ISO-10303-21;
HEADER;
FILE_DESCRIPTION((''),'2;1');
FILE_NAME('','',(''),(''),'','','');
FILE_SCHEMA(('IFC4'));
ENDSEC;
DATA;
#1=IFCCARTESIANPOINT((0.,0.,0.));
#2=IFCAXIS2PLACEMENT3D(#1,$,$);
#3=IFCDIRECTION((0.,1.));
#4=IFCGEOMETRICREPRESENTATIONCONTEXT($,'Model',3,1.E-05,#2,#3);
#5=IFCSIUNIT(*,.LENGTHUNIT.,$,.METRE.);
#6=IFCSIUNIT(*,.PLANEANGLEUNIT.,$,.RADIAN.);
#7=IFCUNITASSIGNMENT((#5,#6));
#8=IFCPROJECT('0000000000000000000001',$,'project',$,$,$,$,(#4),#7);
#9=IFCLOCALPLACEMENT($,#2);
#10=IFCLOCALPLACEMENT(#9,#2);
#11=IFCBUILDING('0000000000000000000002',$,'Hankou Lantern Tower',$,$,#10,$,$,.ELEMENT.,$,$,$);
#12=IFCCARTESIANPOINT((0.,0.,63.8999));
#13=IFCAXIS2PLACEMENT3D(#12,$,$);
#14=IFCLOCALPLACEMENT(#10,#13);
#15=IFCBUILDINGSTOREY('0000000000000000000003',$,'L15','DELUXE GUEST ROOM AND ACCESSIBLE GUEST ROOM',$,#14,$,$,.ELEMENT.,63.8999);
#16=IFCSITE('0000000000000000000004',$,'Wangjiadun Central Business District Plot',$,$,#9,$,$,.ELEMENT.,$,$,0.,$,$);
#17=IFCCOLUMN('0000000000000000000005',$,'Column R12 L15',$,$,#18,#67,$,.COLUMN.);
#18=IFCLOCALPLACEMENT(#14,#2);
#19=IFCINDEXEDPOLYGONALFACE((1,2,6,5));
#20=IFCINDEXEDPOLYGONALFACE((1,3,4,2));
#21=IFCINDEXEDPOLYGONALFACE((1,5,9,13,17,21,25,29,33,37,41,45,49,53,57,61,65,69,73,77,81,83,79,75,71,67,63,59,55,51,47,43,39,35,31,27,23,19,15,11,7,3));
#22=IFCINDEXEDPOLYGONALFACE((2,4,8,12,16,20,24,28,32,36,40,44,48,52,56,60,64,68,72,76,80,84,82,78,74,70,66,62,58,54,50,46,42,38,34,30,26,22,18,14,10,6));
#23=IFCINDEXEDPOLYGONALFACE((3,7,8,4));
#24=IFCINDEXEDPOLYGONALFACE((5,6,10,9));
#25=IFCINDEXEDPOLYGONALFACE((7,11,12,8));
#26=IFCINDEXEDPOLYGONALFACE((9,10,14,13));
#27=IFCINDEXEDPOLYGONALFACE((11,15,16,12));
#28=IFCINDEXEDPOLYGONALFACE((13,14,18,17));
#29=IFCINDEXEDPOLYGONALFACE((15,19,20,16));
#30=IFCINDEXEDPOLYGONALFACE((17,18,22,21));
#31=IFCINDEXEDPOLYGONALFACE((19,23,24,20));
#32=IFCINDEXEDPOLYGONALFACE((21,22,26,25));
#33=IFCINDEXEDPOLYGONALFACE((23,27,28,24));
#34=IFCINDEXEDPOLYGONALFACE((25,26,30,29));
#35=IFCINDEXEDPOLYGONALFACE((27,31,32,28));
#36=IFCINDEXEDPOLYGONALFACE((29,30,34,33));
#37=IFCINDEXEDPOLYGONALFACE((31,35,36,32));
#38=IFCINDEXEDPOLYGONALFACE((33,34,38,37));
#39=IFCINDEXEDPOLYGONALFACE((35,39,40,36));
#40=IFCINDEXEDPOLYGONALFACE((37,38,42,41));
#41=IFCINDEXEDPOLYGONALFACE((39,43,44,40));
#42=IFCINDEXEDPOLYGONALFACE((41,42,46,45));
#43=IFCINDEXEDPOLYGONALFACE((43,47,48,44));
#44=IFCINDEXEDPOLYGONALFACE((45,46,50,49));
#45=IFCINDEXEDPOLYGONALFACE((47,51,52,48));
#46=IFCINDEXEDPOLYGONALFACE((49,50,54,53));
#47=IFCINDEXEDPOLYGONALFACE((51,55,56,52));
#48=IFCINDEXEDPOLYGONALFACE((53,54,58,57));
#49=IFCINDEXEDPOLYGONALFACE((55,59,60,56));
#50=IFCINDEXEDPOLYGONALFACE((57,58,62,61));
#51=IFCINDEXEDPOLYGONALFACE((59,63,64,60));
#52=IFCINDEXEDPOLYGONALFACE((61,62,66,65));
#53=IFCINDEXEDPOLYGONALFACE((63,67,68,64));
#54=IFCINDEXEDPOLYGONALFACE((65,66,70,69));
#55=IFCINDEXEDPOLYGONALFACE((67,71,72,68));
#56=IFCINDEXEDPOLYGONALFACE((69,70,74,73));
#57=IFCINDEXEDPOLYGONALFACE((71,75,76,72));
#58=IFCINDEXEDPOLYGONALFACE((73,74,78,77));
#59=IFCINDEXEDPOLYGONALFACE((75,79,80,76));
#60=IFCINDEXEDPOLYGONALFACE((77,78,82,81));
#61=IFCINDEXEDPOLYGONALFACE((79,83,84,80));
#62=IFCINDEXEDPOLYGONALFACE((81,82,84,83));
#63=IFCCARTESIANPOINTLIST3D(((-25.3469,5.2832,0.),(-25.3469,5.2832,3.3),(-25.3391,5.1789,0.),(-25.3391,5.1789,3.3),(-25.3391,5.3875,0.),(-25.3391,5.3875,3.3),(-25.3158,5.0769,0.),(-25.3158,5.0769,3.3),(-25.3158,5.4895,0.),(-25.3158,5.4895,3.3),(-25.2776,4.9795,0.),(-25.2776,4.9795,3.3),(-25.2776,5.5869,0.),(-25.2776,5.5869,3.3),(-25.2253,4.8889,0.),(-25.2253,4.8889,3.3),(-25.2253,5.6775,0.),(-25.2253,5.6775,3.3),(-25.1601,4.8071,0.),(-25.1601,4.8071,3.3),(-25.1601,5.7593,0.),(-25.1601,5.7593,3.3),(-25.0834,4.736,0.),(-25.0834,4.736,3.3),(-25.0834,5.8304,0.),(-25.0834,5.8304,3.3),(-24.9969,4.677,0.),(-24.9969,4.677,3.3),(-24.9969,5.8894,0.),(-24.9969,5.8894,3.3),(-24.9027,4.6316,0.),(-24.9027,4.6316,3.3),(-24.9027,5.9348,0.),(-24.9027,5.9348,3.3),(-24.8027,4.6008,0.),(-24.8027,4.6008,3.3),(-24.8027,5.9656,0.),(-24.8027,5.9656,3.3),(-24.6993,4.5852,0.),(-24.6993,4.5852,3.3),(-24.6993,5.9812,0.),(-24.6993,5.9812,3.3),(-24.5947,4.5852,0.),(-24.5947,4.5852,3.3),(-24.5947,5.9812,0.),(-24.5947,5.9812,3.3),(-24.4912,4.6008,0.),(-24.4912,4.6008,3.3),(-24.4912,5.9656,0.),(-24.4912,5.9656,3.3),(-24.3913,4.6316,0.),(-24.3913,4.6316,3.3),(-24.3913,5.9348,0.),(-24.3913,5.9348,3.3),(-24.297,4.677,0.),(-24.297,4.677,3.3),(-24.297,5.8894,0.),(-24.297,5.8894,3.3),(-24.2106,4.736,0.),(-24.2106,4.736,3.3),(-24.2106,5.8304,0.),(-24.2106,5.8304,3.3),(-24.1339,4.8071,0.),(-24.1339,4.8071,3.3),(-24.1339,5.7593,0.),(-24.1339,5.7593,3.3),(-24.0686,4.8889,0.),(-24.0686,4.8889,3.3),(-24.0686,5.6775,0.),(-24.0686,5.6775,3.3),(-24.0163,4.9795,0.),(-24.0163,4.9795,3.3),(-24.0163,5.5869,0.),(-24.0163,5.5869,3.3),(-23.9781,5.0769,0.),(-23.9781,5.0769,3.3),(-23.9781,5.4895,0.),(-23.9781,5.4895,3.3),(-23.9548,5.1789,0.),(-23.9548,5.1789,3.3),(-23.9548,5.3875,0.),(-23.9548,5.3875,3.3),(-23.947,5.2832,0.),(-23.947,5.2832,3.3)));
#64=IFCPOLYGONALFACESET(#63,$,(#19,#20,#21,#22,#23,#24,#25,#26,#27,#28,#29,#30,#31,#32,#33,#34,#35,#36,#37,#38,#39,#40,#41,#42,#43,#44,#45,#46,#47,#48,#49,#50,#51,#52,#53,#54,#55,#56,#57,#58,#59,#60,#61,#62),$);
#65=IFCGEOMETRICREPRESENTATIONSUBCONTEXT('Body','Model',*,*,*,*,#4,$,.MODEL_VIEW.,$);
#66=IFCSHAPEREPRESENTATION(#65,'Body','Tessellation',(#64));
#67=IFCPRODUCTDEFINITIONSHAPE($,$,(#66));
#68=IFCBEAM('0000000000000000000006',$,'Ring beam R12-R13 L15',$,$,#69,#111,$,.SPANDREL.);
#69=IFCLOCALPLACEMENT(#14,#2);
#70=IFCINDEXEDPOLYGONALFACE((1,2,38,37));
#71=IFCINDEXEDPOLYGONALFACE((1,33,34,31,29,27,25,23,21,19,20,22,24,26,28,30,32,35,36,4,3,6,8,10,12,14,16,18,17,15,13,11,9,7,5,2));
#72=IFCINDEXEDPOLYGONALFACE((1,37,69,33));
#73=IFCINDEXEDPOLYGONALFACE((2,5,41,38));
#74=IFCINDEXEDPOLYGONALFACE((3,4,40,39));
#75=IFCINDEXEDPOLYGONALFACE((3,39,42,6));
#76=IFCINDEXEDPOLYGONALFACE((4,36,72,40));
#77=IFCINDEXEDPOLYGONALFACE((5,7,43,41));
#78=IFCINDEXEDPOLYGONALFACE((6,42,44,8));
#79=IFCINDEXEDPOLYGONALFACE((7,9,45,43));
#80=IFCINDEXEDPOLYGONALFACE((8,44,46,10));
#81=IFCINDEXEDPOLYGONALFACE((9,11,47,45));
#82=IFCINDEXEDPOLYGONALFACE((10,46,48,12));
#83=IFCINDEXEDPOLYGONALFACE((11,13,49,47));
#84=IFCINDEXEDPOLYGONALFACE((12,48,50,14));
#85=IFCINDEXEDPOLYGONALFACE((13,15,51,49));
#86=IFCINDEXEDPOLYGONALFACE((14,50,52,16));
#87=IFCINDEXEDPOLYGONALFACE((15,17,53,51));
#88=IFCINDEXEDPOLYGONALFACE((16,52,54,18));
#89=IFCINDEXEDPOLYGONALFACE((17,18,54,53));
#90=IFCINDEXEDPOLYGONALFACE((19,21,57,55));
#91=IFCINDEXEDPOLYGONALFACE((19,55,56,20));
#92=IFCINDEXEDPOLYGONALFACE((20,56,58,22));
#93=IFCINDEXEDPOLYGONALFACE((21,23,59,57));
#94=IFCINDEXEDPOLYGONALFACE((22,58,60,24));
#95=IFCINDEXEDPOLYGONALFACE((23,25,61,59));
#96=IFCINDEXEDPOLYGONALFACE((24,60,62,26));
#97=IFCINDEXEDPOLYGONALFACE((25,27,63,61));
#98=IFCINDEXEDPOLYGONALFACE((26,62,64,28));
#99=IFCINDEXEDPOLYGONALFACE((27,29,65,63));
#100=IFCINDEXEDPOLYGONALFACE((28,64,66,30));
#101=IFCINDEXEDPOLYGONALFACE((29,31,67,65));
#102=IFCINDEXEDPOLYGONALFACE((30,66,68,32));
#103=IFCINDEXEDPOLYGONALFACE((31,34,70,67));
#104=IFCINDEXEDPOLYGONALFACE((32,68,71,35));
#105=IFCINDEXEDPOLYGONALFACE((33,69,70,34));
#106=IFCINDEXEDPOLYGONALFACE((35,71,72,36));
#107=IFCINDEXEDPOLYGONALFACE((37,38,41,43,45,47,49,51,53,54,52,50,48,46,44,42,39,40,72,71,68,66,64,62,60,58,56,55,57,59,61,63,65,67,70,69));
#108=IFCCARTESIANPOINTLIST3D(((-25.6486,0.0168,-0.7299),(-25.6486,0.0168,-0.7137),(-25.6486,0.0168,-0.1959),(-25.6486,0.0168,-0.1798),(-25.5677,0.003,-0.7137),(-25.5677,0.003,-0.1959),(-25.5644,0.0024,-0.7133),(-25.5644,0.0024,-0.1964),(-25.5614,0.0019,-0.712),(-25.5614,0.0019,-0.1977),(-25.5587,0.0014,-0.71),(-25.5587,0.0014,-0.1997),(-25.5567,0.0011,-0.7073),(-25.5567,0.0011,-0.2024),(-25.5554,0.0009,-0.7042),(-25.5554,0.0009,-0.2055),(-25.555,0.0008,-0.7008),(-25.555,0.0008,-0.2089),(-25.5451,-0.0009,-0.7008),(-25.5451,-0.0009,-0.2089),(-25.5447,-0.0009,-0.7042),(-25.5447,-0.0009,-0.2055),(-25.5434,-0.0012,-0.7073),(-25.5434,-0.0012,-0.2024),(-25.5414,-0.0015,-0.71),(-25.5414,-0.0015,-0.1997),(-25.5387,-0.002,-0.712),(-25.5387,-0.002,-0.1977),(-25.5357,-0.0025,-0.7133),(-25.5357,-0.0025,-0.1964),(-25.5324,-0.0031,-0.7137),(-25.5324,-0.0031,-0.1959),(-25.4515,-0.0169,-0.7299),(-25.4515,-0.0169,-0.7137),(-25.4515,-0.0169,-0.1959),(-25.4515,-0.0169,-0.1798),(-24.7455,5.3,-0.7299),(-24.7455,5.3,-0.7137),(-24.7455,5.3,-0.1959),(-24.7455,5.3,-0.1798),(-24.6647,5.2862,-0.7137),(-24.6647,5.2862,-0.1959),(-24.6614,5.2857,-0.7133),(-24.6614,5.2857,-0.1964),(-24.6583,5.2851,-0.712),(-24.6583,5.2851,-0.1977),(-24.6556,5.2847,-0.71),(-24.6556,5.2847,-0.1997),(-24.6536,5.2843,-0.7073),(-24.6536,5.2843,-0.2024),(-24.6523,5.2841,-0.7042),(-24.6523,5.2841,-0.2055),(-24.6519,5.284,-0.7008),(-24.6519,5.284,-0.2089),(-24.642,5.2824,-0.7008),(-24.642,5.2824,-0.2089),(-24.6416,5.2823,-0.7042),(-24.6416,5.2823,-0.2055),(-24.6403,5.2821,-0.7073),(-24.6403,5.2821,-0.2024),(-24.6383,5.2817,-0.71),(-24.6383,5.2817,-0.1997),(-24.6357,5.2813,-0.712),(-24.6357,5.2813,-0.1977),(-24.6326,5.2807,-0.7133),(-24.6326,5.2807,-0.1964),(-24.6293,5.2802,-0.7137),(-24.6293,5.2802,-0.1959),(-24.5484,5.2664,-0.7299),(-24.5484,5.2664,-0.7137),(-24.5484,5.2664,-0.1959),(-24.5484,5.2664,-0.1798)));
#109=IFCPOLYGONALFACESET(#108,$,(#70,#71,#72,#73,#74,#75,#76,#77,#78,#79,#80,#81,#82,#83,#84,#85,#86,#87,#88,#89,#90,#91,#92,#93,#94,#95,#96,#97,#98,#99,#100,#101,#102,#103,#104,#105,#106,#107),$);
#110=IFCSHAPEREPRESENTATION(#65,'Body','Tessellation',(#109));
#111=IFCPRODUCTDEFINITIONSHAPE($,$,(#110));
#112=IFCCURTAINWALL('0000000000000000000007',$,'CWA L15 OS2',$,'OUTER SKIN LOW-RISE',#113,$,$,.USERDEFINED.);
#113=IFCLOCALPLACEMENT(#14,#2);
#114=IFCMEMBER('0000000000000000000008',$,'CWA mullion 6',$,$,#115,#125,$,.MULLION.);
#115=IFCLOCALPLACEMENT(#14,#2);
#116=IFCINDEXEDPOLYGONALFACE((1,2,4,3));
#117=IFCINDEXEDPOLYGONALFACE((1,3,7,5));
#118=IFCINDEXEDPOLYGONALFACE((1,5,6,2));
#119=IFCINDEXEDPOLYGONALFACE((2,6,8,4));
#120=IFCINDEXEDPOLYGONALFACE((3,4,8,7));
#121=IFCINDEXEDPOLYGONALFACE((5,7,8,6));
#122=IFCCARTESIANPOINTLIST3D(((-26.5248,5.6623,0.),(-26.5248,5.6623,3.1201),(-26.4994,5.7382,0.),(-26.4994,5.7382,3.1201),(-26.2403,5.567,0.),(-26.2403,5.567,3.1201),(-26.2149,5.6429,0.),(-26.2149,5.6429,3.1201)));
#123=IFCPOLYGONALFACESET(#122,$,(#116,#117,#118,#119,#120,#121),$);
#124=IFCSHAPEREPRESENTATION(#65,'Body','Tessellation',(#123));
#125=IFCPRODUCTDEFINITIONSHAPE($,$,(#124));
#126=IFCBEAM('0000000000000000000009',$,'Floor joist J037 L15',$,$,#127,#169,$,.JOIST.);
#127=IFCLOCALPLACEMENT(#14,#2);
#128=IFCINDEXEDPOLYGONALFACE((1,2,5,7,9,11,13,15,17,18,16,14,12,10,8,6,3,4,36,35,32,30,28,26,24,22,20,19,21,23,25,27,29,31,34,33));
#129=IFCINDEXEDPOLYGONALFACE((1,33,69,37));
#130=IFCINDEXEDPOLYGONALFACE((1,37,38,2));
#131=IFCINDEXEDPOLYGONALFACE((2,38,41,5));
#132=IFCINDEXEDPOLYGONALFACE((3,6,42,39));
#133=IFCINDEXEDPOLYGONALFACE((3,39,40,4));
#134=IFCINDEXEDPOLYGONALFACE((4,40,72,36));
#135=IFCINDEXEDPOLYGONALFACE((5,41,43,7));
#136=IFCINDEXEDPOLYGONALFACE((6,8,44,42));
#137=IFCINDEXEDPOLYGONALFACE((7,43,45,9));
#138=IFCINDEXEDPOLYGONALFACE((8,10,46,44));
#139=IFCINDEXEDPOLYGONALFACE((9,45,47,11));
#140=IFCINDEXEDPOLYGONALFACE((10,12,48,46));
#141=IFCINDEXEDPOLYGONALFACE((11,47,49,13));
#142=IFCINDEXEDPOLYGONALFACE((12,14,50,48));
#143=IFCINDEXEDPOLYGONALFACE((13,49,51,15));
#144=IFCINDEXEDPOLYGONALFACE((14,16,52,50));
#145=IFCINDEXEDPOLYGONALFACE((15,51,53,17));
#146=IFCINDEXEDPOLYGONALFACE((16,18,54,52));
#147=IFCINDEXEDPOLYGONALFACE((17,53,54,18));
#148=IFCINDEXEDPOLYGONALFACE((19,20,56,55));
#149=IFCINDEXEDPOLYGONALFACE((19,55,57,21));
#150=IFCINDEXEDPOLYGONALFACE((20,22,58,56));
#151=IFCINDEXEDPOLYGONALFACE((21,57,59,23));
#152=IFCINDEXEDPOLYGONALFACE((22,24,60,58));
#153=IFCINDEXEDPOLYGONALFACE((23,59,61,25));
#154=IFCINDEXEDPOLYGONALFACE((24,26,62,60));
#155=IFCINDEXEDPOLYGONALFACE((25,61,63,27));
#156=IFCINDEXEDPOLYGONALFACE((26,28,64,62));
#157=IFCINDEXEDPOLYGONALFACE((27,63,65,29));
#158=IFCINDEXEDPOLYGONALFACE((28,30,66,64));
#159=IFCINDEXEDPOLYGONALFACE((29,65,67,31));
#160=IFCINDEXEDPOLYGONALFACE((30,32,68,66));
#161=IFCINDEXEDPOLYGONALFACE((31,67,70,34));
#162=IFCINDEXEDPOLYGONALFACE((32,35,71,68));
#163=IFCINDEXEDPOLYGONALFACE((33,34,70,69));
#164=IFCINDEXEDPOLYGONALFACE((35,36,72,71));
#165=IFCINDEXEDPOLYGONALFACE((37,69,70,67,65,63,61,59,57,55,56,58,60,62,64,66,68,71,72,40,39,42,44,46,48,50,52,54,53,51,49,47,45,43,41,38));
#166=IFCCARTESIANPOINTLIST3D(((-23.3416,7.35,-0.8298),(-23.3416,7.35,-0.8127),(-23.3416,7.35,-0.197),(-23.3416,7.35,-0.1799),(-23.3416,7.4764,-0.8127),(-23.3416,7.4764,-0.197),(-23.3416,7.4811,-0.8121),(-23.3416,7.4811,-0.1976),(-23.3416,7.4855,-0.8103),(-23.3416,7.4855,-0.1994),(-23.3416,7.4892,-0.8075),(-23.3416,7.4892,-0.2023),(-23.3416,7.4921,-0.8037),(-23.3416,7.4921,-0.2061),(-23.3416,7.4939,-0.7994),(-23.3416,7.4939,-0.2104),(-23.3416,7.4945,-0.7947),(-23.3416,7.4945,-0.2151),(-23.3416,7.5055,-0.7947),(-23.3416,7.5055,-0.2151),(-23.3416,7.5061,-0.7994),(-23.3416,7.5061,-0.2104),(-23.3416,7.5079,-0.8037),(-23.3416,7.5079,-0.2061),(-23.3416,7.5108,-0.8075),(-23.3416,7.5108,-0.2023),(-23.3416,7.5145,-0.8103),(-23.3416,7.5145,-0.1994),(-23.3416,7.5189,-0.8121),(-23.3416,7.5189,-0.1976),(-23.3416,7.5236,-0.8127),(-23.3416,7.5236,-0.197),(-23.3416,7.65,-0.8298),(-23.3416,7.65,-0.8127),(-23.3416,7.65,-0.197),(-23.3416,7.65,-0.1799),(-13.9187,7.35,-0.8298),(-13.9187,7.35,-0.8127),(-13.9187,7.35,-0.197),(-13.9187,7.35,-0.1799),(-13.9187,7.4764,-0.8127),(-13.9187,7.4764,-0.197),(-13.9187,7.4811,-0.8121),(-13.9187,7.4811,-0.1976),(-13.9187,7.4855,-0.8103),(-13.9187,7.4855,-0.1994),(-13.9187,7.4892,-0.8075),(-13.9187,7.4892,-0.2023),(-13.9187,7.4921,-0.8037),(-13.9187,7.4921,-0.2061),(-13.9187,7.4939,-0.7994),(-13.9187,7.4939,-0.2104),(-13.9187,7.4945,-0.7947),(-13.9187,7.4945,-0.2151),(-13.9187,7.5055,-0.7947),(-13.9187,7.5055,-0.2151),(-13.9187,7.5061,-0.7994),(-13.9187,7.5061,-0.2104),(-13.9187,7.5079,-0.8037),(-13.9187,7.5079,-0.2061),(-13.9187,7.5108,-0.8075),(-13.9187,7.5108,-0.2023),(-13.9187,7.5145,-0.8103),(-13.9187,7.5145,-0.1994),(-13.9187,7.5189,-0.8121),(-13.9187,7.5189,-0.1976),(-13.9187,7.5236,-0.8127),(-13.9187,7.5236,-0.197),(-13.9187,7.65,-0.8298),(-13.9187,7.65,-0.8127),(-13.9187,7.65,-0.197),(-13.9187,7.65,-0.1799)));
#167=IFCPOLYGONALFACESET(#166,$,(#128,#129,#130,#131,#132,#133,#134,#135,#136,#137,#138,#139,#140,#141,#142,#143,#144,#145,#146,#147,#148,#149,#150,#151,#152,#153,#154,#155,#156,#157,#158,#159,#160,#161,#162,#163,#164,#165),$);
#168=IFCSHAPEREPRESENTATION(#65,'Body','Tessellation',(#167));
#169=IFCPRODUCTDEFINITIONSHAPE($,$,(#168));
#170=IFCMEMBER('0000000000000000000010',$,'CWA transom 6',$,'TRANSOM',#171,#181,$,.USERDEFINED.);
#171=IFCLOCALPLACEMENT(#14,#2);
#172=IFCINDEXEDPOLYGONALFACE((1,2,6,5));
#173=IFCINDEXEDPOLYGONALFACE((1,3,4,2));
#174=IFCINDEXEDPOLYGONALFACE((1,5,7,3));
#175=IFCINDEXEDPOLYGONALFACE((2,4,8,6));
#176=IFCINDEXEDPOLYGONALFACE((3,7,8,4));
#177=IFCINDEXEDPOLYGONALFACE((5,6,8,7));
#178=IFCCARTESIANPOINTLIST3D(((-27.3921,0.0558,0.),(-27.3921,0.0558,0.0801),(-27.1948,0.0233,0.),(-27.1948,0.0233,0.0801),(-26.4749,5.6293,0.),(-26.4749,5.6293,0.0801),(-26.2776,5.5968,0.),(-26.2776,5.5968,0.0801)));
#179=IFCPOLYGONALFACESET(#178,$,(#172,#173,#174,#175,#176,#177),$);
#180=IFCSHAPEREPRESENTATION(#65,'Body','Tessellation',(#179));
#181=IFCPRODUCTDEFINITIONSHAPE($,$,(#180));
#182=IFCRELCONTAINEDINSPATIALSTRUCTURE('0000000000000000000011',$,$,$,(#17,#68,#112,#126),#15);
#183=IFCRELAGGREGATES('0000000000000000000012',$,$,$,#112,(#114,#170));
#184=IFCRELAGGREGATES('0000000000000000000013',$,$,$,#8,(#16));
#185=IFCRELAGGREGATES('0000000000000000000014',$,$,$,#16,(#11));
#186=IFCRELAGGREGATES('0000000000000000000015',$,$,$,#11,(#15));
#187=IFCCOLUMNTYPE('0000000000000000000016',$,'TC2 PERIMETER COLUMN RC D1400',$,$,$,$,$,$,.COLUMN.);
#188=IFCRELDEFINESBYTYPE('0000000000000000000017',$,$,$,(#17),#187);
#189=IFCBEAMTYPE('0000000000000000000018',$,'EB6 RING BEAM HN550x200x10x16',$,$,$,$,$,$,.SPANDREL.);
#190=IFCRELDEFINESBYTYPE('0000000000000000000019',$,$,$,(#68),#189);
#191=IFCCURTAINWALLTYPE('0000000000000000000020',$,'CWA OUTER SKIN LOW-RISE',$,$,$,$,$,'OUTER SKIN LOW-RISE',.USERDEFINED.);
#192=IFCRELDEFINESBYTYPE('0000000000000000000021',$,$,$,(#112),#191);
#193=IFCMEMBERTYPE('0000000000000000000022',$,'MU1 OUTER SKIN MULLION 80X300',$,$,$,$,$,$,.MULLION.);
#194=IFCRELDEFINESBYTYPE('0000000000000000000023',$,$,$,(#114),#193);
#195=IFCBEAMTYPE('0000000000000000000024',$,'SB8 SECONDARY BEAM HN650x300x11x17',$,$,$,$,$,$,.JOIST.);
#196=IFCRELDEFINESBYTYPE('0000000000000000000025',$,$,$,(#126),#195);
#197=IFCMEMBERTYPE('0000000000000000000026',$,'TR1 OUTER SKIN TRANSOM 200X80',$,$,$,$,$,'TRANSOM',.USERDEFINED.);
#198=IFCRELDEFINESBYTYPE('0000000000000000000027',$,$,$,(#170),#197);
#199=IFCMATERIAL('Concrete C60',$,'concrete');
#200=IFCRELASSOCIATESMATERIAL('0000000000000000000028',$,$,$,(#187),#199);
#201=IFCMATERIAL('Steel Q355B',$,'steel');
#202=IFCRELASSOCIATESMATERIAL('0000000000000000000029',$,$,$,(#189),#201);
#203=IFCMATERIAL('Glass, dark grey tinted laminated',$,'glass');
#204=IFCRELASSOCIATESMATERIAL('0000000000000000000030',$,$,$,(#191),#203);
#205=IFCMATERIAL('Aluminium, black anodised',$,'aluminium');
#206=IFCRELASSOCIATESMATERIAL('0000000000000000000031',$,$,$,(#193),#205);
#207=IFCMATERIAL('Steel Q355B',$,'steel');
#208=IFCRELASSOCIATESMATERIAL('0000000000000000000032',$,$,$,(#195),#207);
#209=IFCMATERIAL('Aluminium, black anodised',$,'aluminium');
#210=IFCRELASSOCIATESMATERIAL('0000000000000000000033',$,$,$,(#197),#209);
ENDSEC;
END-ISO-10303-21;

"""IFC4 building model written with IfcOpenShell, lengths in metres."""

from ifc_helpers import new_model, si_unit, direction, frame, origin, origin_2d, place, context, subcontext, project, spatial, rectangle, circle, i_section, extrude, material, material_profile, profile_set, type_object, element, aggregate, save


model = new_model("IFC4")

# Units and contexts
model_context = context("Model", 3, precision=1e-05, world=origin(), true_north=direction((0.0, 1.0)))
body_context = subcontext(model_context, "Body", "Model", "MODEL_VIEW")
ifc_project = project(units=[si_unit("LENGTHUNIT", "METRE"), si_unit("PLANEANGLEUNIT", "RADIAN")], contexts=[model_context])

# Site, building, storey
site_placement = place(None, origin())
site = spatial("IfcSite", under=ifc_project, at=site_placement, Name="Wangjiadun Central Business District Plot", CompositionType="ELEMENT", RefElevation=0.0)
building_placement = place(site_placement, origin())
building = spatial("IfcBuilding", under=site, at=building_placement, Name="Hankou Lantern Tower", CompositionType="ELEMENT")
storey_placement = place(building_placement, frame((0.0, 0.0, 63.8999)))
storey = spatial("IfcBuildingStorey", under=building, at=storey_placement, Name="L15", Description="DELUXE GUEST ROOM AND ACCESSIBLE GUEST ROOM", CompositionType="ELEMENT", Elevation=63.8999)

# Column
ifc_material_1 = material(Name="Concrete C60", Category="concrete")
ifc_material_profile_1 = material_profile(ifc_material_1, circle(Radius=0.7, at=origin_2d()), Name="RC D1400")
ifc_profile_set_1 = profile_set([ifc_material_profile_1], Name="Concrete C60")
column_type = type_object("IfcColumnType", Name="TC2 PERIMETER COLUMN RC D1400", PredefinedType="COLUMN", material=ifc_profile_set_1)
column_placement = place(storey_placement, frame((-24.647, 5.2832, 0.0), z_axis=(0.0, 0.0, 1.0), x_axis=(1.0, 0.0, 0.0)))
element("IfcColumn", 1, at=column_placement, inside=storey, type_object=column_type, Name="Column R12 L15", PredefinedType="COLUMN", context=body_context, shape_type="SweptSolid", body=[
    extrude(circle(Radius=0.7, at=origin_2d()), origin(), (0.0, 0.0, 1.0), 3.3),
])

# Beam
ifc_material_2 = material(Name="Steel Q355B", Category="steel")
ifc_material_profile_2 = material_profile(ifc_material_2, i_section(OverallWidth=0.2, OverallDepth=0.55, WebThickness=0.01, FlangeThickness=0.0161, FilletRadius=0.0129, at=origin_2d()), Name="HN550x200x10x16")
ifc_profile_set_2 = profile_set([ifc_material_profile_2], Name="Steel Q355B")
beam_type_1 = type_object("IfcBeamType", Name="EB6 RING BEAM HN550x200x10x16", PredefinedType="SPANDREL", material=ifc_profile_set_2)
beam_1_placement = place(storey_placement, frame((-24.647, 5.2832, -0.4548), z_axis=(-0.16849, -0.985703, 0.0), x_axis=(0.985703, -0.16849, 0.0)))
element("IfcBeam", 2, at=beam_1_placement, inside=storey, type_object=beam_type_1, Name="Ring beam R12-R13 L15", PredefinedType="SPANDREL", context=body_context, shape_type="SweptSolid", body=[
    extrude(i_section(OverallWidth=0.2, OverallDepth=0.55, WebThickness=0.01, FlangeThickness=0.0161, FilletRadius=0.0129, at=origin_2d()), origin(), (0.0, 0.0, 1.0), 5.3599),
])

# Curtain wall, member
ifc_material_3 = material(Name="Glass, dark grey tinted laminated", Category="glass")
curtain_wall_type = type_object("IfcCurtainWallType", Name="CWA OUTER SKIN LOW-RISE", ElementType="OUTER SKIN LOW-RISE", PredefinedType="USERDEFINED", material=ifc_material_3)
curtain_wall_placement = place(storey_placement, origin())
curtain_wall = element("IfcCurtainWall", 3, at=curtain_wall_placement, inside=storey, type_object=curtain_wall_type, Name="CWA L15 OS2", ObjectType="OUTER SKIN LOW-RISE", PredefinedType="USERDEFINED")
ifc_material_4 = material(Name="Aluminium, black anodised", Category="aluminium")
ifc_material_profile_3 = material_profile(ifc_material_4, rectangle(XDim=0.0801, YDim=0.3, at=origin_2d()), Name="MU1 80X300")
ifc_profile_set_3 = profile_set([ifc_material_profile_3], Name="Aluminium, black anodised")
member_type_1 = type_object("IfcMemberType", Name="MU1 OUTER SKIN MULLION 80X300", PredefinedType="MULLION", material=ifc_profile_set_3)
member_1_placement = place(storey_placement, frame((-26.3699, 5.6526, 0.0), z_axis=(0.0, 0.0, 1.0), x_axis=(-0.317596, -0.948226, 0.0)))
member_1 = element("IfcMember", 4, at=member_1_placement, type_object=member_type_1, Name="CWA mullion 6", PredefinedType="MULLION", context=body_context, shape_type="SweptSolid", body=[
    extrude(rectangle(XDim=0.0801, YDim=0.3, at=origin_2d()), origin(), (0.0, 0.0, 1.0), 3.1201),
])

# Beam
ifc_material_5 = material(Name="Steel Q355B", Category="steel")
ifc_material_profile_4 = material_profile(ifc_material_5, i_section(OverallWidth=0.3, OverallDepth=0.6499, WebThickness=0.011, FlangeThickness=0.0171, FilletRadius=0.0181, at=origin_2d()), Name="HN650x300x11x17")
ifc_profile_set_4 = profile_set([ifc_material_profile_4], Name="Steel Q355B")
beam_type_2 = type_object("IfcBeamType", Name="SB8 SECONDARY BEAM HN650x300x11x17", PredefinedType="JOIST", material=ifc_profile_set_4)
beam_2_placement = place(storey_placement, frame((-23.3416, 7.5, -0.5049), z_axis=(1.0, 0.0, 0.0), x_axis=(0.0, 1.0, 0.0)))
element("IfcBeam", 5, at=beam_2_placement, inside=storey, type_object=beam_type_2, Name="Floor joist J037 L15", PredefinedType="JOIST", context=body_context, shape_type="SweptSolid", body=[
    extrude(i_section(OverallWidth=0.3, OverallDepth=0.6499, WebThickness=0.011, FlangeThickness=0.0171, FilletRadius=0.0181, at=origin_2d()), origin(), (0.0, 0.0, 1.0), 9.4229),
])

# Member
ifc_material_6 = material(Name="Aluminium, black anodised", Category="aluminium")
ifc_material_profile_5 = material_profile(ifc_material_6, rectangle(XDim=0.2, YDim=0.0801, at=origin_2d()), Name="TR1 200X80")
ifc_profile_set_5 = profile_set([ifc_material_profile_5], Name="Aluminium, black anodised")
member_type_2 = type_object("IfcMemberType", Name="TR1 OUTER SKIN TRANSOM 200X80", ElementType="TRANSOM", PredefinedType="USERDEFINED", material=ifc_profile_set_5)
member_2_placement = place(storey_placement, frame((-26.3762, 5.613, 0.04), z_axis=(-0.162387, -0.986727, 0.0), x_axis=(0.986727, -0.162387, 0.0)))
member_2 = element("IfcMember", 6, at=member_2_placement, type_object=member_type_2, Name="CWA transom 6", ObjectType="TRANSOM", PredefinedType="USERDEFINED", context=body_context, shape_type="SweptSolid", body=[
    extrude(rectangle(XDim=0.2, YDim=0.0801, at=origin_2d()), origin(), (0.0, 0.0, 1.0), 5.6484),
])

aggregate(curtain_wall, [member_1, member_2])

save(model, "model.ifc")
